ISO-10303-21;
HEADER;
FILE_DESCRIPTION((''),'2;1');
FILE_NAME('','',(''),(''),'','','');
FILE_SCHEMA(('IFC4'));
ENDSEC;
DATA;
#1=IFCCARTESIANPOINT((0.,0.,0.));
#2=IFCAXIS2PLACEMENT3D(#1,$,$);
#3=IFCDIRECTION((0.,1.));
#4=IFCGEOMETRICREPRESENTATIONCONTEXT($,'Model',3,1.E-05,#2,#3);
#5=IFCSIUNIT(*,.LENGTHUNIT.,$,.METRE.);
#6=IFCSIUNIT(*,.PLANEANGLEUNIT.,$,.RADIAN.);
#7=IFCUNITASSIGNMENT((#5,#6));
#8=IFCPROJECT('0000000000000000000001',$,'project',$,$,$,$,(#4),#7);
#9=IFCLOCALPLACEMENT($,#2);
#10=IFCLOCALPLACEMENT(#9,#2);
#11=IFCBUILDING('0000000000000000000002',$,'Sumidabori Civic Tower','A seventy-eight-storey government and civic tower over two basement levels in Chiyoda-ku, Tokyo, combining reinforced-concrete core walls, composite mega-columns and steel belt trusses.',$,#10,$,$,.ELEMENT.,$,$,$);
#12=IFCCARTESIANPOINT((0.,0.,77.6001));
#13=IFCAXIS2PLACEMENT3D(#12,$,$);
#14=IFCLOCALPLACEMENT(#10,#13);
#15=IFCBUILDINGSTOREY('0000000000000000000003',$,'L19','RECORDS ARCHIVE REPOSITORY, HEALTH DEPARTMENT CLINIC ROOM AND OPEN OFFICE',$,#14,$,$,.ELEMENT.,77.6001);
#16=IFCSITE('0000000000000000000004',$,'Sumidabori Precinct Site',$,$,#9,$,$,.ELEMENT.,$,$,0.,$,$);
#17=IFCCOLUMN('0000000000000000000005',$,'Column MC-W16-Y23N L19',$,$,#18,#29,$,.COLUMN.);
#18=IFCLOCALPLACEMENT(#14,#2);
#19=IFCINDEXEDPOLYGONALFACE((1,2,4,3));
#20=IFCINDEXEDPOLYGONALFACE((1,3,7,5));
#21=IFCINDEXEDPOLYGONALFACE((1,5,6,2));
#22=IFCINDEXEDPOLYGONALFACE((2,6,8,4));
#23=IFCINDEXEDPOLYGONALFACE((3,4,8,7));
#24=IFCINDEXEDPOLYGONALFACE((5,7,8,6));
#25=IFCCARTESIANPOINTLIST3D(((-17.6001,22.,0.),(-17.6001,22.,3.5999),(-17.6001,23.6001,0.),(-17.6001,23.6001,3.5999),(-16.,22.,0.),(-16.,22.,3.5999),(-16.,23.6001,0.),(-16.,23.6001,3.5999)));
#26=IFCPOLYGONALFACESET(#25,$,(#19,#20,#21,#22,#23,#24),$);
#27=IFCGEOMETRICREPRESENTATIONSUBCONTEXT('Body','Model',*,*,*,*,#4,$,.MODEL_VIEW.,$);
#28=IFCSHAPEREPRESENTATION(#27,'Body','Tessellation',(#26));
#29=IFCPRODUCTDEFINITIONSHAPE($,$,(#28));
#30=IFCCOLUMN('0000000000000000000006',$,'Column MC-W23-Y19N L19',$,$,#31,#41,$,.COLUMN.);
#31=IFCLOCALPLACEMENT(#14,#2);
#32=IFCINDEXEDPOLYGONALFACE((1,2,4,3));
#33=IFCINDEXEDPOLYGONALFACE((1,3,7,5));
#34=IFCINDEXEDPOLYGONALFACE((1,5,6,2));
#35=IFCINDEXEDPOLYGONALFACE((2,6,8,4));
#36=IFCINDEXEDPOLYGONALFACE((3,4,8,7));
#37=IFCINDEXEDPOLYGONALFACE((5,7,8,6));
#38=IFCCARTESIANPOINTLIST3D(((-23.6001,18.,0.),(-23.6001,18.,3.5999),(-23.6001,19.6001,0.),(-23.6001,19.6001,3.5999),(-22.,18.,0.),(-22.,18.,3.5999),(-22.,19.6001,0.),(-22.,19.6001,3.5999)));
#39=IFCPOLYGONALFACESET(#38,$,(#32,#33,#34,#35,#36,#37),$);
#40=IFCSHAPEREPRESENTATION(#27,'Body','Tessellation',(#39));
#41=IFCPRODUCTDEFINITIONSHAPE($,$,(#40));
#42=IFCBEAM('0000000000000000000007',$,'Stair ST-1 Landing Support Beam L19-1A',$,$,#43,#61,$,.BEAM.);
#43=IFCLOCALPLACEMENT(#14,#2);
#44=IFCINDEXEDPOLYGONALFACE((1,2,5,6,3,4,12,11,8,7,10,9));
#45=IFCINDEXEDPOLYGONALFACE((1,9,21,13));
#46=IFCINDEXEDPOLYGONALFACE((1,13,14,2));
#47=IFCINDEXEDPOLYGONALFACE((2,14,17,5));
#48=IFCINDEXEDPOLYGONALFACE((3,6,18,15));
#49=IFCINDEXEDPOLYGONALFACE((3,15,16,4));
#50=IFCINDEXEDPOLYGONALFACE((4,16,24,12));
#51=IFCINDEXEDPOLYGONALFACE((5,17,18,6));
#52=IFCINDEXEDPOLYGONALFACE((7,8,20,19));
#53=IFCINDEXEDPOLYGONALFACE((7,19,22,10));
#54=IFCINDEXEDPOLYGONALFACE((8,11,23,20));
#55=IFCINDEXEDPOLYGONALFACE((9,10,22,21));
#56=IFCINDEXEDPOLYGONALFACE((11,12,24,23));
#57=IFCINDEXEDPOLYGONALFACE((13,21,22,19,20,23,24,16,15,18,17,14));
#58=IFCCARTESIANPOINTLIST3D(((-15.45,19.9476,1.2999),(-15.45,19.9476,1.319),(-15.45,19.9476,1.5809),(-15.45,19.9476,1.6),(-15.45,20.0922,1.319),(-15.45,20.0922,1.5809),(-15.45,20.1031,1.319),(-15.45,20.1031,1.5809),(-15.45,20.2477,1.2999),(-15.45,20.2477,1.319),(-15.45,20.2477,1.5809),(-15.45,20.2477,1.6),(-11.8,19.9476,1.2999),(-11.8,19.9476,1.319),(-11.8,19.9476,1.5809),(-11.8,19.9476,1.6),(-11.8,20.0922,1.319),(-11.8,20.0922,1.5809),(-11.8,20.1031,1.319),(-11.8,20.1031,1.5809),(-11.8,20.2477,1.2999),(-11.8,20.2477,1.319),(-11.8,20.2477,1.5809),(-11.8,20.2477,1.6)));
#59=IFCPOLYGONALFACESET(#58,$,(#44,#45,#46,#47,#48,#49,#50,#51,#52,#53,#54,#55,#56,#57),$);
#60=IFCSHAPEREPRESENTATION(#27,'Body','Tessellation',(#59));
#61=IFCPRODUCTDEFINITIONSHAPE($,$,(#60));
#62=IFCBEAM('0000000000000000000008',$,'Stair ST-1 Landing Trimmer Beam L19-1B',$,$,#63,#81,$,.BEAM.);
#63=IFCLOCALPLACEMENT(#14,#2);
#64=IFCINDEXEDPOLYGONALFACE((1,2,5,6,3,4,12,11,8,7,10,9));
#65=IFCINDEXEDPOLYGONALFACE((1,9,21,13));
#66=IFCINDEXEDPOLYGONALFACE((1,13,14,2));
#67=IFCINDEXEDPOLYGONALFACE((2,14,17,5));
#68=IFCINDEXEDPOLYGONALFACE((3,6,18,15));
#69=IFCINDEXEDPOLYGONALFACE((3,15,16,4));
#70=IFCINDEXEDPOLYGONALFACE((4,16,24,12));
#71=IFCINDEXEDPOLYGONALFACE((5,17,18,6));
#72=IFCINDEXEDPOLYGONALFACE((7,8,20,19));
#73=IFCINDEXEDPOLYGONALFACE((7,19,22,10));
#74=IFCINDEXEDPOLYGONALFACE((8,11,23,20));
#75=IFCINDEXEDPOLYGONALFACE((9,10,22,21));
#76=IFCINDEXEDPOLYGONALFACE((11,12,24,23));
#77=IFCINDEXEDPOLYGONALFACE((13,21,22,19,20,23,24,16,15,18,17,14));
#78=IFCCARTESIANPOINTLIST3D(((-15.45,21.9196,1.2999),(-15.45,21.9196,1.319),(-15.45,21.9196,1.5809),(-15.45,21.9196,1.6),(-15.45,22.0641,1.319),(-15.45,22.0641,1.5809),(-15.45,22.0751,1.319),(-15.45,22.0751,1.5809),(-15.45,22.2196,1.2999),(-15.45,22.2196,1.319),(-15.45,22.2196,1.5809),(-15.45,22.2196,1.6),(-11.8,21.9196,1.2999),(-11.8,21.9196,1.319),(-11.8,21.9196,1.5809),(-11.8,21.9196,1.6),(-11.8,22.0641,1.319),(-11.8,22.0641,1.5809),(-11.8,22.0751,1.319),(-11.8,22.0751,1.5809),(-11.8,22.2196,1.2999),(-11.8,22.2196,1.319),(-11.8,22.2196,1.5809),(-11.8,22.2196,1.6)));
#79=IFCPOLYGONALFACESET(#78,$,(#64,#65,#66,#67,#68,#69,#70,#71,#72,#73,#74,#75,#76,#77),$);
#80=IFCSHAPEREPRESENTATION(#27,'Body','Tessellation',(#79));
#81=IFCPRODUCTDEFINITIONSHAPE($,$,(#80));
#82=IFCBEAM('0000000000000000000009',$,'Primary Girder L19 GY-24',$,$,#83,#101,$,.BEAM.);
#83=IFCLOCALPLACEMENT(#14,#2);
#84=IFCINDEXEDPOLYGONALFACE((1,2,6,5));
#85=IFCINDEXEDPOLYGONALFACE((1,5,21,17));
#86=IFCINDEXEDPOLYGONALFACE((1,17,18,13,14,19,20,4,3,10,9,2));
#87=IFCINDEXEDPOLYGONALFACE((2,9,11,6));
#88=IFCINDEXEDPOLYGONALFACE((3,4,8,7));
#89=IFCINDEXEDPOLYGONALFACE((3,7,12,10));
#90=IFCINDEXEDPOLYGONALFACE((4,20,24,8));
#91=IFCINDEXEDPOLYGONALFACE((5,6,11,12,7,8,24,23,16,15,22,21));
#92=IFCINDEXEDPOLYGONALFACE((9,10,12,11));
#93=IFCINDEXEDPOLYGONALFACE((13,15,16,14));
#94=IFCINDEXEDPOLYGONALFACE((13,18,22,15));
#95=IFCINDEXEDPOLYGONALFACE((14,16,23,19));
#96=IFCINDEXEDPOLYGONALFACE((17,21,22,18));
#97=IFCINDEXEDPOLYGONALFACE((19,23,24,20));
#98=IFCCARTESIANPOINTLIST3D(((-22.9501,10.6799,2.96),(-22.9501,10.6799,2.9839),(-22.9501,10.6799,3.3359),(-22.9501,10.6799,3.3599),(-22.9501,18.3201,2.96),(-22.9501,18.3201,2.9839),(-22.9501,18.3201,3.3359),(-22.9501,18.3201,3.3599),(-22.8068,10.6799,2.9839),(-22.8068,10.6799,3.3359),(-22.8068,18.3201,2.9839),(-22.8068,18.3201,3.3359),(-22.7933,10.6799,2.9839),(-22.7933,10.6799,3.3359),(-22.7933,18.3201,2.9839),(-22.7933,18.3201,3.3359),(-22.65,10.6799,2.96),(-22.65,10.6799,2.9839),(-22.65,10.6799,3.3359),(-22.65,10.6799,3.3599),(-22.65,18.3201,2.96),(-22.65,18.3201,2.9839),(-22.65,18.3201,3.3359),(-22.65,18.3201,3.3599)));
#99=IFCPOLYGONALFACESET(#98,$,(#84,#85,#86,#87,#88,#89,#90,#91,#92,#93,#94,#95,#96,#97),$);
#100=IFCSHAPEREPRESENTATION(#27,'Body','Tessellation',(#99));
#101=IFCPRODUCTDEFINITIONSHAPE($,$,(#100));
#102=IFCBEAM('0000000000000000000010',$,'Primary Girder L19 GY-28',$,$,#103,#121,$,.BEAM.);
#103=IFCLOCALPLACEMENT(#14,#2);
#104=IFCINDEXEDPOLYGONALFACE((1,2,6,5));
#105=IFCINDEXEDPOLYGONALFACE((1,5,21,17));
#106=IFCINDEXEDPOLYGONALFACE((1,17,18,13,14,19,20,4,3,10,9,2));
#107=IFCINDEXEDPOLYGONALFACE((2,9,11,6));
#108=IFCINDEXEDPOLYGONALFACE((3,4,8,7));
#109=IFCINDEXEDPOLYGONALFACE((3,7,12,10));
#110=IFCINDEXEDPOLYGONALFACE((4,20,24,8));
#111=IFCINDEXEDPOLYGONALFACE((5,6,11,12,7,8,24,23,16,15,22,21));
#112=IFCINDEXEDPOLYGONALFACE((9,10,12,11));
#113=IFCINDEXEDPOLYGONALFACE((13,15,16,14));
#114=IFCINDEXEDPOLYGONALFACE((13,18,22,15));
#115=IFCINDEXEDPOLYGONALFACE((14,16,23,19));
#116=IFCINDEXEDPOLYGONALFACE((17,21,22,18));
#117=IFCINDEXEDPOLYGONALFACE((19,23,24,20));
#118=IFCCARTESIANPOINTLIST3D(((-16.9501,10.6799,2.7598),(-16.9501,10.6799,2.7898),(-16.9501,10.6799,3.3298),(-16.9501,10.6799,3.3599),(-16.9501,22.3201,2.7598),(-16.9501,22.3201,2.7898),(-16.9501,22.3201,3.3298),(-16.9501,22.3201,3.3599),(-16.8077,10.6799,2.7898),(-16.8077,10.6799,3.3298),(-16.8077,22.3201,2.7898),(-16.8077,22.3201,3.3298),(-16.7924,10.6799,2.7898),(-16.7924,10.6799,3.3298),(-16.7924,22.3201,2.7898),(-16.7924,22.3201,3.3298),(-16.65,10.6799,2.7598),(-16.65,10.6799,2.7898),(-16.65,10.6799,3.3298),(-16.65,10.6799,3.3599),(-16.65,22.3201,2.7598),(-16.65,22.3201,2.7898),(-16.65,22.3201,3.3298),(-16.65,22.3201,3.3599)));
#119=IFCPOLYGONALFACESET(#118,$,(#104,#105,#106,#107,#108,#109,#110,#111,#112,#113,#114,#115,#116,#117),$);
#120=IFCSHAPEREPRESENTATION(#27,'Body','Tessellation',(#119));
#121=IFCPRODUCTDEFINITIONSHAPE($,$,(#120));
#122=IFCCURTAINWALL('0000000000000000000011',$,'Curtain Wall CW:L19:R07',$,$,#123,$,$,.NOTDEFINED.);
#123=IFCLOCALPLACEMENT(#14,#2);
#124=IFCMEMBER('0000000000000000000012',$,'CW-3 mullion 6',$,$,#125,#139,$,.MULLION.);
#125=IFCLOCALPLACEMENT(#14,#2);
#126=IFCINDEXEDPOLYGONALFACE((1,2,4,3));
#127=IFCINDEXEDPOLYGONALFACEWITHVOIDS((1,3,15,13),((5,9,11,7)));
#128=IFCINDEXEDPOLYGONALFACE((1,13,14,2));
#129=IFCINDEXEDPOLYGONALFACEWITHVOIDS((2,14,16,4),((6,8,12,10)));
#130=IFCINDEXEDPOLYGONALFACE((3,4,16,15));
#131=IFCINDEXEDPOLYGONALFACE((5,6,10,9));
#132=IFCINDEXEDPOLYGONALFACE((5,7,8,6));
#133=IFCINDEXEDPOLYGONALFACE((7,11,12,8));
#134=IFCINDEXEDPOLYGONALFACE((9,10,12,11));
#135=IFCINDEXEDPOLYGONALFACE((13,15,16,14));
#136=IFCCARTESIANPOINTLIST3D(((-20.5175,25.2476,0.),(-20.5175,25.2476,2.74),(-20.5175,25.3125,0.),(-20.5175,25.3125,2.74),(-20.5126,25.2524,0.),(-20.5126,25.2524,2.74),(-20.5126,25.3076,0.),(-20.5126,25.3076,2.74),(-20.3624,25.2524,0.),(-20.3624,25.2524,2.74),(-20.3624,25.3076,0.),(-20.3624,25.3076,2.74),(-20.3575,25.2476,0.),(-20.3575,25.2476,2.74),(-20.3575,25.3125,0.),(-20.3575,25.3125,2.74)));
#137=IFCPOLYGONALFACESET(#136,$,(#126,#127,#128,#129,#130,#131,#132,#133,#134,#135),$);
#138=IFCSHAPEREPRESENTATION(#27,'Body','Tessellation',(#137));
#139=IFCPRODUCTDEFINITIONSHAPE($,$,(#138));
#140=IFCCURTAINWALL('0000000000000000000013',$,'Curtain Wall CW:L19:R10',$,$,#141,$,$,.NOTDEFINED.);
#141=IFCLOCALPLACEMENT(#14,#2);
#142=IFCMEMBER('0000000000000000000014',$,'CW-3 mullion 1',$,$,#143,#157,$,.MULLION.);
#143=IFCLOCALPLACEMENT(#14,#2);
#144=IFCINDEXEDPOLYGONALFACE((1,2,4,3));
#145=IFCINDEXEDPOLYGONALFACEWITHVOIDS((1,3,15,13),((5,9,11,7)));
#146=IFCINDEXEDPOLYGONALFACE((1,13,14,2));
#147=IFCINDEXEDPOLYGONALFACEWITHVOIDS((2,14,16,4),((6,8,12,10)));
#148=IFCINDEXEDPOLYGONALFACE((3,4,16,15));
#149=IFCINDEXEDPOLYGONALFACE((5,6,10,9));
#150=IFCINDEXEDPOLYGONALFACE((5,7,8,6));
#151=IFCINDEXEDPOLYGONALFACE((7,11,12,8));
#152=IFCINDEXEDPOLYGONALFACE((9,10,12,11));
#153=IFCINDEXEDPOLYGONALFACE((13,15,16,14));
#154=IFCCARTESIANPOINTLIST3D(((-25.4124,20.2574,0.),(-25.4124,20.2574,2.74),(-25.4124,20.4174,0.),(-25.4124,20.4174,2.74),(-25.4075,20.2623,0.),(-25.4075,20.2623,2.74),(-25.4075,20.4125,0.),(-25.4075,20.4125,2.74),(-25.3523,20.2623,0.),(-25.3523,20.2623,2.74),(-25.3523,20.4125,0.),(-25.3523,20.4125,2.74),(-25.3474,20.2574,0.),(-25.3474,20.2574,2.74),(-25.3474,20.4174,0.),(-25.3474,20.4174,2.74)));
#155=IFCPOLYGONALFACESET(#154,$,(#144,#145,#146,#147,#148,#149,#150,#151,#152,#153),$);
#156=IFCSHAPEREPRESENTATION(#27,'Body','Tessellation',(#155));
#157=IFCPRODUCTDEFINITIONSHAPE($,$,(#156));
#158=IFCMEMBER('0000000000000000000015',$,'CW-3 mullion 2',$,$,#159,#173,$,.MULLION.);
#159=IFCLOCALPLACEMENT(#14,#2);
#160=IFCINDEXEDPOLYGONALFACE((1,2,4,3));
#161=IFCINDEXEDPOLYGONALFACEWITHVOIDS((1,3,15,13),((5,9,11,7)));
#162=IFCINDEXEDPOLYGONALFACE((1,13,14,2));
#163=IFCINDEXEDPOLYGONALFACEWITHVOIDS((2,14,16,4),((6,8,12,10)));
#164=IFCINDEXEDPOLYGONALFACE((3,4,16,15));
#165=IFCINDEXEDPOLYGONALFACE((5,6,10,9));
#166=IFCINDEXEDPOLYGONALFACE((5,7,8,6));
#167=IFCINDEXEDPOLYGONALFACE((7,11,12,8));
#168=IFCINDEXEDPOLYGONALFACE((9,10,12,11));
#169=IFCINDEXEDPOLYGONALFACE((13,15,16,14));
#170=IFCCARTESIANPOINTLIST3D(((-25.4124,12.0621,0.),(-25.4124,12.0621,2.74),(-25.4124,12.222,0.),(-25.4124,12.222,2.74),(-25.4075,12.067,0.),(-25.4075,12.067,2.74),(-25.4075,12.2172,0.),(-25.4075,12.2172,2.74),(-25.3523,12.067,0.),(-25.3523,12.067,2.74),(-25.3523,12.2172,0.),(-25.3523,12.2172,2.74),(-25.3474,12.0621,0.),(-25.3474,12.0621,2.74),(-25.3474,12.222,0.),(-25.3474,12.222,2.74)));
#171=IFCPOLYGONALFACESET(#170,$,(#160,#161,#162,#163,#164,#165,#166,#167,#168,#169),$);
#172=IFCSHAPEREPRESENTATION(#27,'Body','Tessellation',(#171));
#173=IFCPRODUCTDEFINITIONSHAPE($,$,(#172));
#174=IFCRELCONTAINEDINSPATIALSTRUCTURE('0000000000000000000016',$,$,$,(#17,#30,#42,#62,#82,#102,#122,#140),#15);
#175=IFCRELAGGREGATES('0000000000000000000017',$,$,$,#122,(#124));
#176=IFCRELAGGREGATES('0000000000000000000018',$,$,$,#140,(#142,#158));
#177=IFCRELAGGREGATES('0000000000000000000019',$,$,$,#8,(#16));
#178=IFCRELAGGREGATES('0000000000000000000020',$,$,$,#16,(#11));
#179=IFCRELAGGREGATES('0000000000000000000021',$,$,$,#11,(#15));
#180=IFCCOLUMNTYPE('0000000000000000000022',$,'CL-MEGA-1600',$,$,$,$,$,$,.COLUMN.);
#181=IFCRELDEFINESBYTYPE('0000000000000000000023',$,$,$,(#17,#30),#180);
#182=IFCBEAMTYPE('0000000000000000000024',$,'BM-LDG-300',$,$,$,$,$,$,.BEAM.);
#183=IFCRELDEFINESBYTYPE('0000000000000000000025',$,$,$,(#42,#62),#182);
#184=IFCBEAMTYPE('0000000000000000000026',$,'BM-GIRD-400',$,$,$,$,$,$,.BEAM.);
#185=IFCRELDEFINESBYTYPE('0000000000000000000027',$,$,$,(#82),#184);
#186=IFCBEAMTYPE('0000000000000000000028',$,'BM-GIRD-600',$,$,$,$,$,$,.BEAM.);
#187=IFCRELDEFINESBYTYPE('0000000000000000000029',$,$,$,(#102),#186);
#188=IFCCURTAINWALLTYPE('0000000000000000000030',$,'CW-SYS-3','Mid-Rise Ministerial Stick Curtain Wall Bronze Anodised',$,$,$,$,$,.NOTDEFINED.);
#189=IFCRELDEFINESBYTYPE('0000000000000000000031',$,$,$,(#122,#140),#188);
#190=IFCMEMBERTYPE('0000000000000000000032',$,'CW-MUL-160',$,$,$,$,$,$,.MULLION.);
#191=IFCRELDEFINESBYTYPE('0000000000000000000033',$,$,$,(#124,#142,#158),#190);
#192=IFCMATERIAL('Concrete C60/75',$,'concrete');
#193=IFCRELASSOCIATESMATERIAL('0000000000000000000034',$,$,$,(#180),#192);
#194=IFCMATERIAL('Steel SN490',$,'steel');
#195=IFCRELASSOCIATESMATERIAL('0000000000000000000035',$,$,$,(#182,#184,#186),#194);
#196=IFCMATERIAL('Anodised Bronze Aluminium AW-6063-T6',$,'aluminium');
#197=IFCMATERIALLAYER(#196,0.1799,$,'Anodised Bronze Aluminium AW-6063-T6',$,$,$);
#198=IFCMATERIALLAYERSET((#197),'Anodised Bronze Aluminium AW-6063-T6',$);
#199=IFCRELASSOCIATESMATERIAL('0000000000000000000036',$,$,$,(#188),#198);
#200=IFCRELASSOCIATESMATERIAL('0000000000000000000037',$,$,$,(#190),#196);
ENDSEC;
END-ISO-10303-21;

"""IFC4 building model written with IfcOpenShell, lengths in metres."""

from ifc_helpers import new_model, si_unit, direction, frame, origin, origin_2d, place, context, subcontext, project, spatial, rectangle, hollow_rectangle, i_section, extrude, source, transform, mapped, material, layer, layer_set, material_profile, profile_set, type_object, element, aggregate, save


model = new_model("IFC4")

# Units and contexts
model_context = context("Model", 3, precision=1e-05, world=origin(), true_north=direction((0.0, 1.0)))
body_context = subcontext(model_context, "Body", "Model", "MODEL_VIEW")
ifc_project = project(units=[si_unit("LENGTHUNIT", "METRE"), si_unit("PLANEANGLEUNIT", "RADIAN")], contexts=[model_context])

# Site, building, storey
site_placement = place(None, origin())
site = spatial("IfcSite", under=ifc_project, at=site_placement, Name="Sumidabori Precinct Site", CompositionType="ELEMENT", RefElevation=0.0)
building_placement = place(site_placement, origin())
building = spatial("IfcBuilding", under=site, at=building_placement, Name="Sumidabori Civic Tower", Description="A seventy-eight-storey government and civic tower over two basement levels in Chiyoda-ku, Tokyo, combining reinforced-concrete core walls, composite mega-columns and steel belt trusses.", CompositionType="ELEMENT")
storey_placement = place(building_placement, frame((0.0, 0.0, 77.6001)))
storey = spatial("IfcBuildingStorey", under=building, at=storey_placement, Name="L19", Description="RECORDS ARCHIVE REPOSITORY, HEALTH DEPARTMENT CLINIC ROOM AND OPEN OFFICE", CompositionType="ELEMENT", Elevation=77.6001)

# Columns
ifc_material_1 = material(Name="Concrete C60/75", Category="concrete")
ifc_material_profile_1 = material_profile(ifc_material_1, rectangle(XDim=1.6001, YDim=1.6001, at=origin_2d()), Name="RC 1600x1600")
ifc_profile_set_1 = profile_set([ifc_material_profile_1], Name="Concrete C60/75")
column_type = type_object("IfcColumnType", Name="CL-MEGA-1600", PredefinedType="COLUMN", material=ifc_profile_set_1)
shared_shape_1 = source(origin(), body_context, "Body", "SweptSolid", [
    extrude(rectangle(XDim=1.6001, YDim=1.6001, at=origin_2d()), origin(), (0.0, 0.0, 1.0), 3.5999),
])
for number, where, z_axis, x_axis, name in (
    (1, (-16.8, 22.8, 0.0), (0.0, 0.0, 1.0), (1.0, 0.0, 0.0), "Column MC-W16-Y23N L19"),
    (2, (-22.8, 18.8, 0.0), (0.0, 0.0, 1.0), (1.0, 0.0, 0.0), "Column MC-W23-Y19N L19"),
):
    element("IfcColumn", number, at=place(storey_placement, frame(where, z_axis=z_axis, x_axis=x_axis)), inside=storey, type_object=column_type, Name=name, PredefinedType="COLUMN", context=body_context, shape_type="MappedRepresentation", body=[
        mapped(shared_shape_1, transform((0.0, 0.0, 0.0), x_axis=(1.0, 0.0, 0.0), y_axis=(0.0, 1.0, 0.0), z_axis=(0.0, 0.0, 1.0), scale=1.0)),
    ])

# Beams
ifc_material_2 = material(Name="Steel SN490", Category="steel")
ifc_material_profile_2 = material_profile(ifc_material_2, i_section(OverallWidth=0.3, OverallDepth=0.3, WebThickness=0.011, FlangeThickness=0.019, at=origin_2d()), Name="HE 300 B")
ifc_profile_set_2 = profile_set([ifc_material_profile_2], Name="Steel SN490")
beam_type_1 = type_object("IfcBeamType", Name="BM-LDG-300", PredefinedType="BEAM", material=ifc_profile_set_2)
shared_shape_2 = source(origin(), body_context, "Body", "SweptSolid", [
    extrude(i_section(OverallWidth=0.3, OverallDepth=0.3, WebThickness=0.011, FlangeThickness=0.019, at=origin_2d()), origin(), (0.0, 0.0, 1.0), 3.6499),
])
for number, where, z_axis, x_axis, name in (
    (3, (-15.45, 20.0977, 1.45), (1.0, 0.0, 0.0), (0.0, 1.0, 0.0), "Stair ST-1 Landing Support Beam L19-1A"),
    (4, (-15.45, 22.0696, 1.45), (1.0, 0.0, 0.0), (0.0, 1.0, 0.0), "Stair ST-1 Landing Trimmer Beam L19-1B"),
):
    element("IfcBeam", number, at=place(storey_placement, frame(where, z_axis=z_axis, x_axis=x_axis)), inside=storey, type_object=beam_type_1, Name=name, PredefinedType="BEAM", context=body_context, shape_type="MappedRepresentation", body=[
        mapped(shared_shape_2, transform((0.0, 0.0, 0.0), x_axis=(1.0, 0.0, 0.0), y_axis=(0.0, 1.0, 0.0), z_axis=(0.0, 0.0, 1.0), scale=1.0)),
    ])
ifc_material_profile_3 = material_profile(ifc_material_2, i_section(OverallWidth=0.3, OverallDepth=0.3999, WebThickness=0.0134, FlangeThickness=0.0239, at=origin_2d()), Name="HE 400 B")
ifc_profile_set_3 = profile_set([ifc_material_profile_3], Name="Steel SN490")
beam_type_2 = type_object("IfcBeamType", Name="BM-GIRD-400", PredefinedType="BEAM", material=ifc_profile_set_3)
shared_shape_3 = source(origin(), body_context, "Body", "SweptSolid", [
    extrude(i_section(OverallWidth=0.3, OverallDepth=0.3999, WebThickness=0.0134, FlangeThickness=0.0239, at=origin_2d()), origin(), (0.0, 0.0, 1.0), 7.6401),
])
beam_1_placement = place(storey_placement, frame((-22.8, 10.6799, 3.1599), z_axis=(0.0, 1.0, 0.0), x_axis=(-1.0, 0.0, 0.0)))
element("IfcBeam", 5, at=beam_1_placement, inside=storey, type_object=beam_type_2, Name="Primary Girder L19 GY-24", PredefinedType="BEAM", context=body_context, shape_type="MappedRepresentation", body=[
    mapped(shared_shape_3, transform((0.0, 0.0, 0.0), x_axis=(1.0, 0.0, 0.0), y_axis=(0.0, 1.0, 0.0), z_axis=(0.0, 0.0, 1.0), scale=1.0)),
])
ifc_material_profile_4 = material_profile(ifc_material_2, i_section(OverallWidth=0.3, OverallDepth=0.6001, WebThickness=0.0154, FlangeThickness=0.03, at=origin_2d()), Name="HE 600 B")
ifc_profile_set_4 = profile_set([ifc_material_profile_4], Name="Steel SN490")
beam_type_3 = type_object("IfcBeamType", Name="BM-GIRD-600", PredefinedType="BEAM", material=ifc_profile_set_4)
shared_shape_4 = source(origin(), body_context, "Body", "SweptSolid", [
    extrude(i_section(OverallWidth=0.3, OverallDepth=0.6001, WebThickness=0.0154, FlangeThickness=0.03, at=origin_2d()), origin(), (0.0, 0.0, 1.0), 11.6401),
])
beam_2_placement = place(storey_placement, frame((-16.8, 10.6799, 3.0598), z_axis=(0.0, 1.0, 0.0), x_axis=(-1.0, 0.0, 0.0)))
element("IfcBeam", 6, at=beam_2_placement, inside=storey, type_object=beam_type_3, Name="Primary Girder L19 GY-28", PredefinedType="BEAM", context=body_context, shape_type="MappedRepresentation", body=[
    mapped(shared_shape_4, transform((0.0, 0.0, 0.0), x_axis=(1.0, 0.0, 0.0), y_axis=(0.0, 1.0, 0.0), z_axis=(0.0, 0.0, 1.0), scale=1.0)),
])

# Curtain wall, member
ifc_material_3 = material(Name="Anodised Bronze Aluminium AW-6063-T6", Category="aluminium")
ifc_layer_1 = layer(ifc_material_3, 0.1799, Name="Anodised Bronze Aluminium AW-6063-T6")
ifc_layer_set_1 = layer_set([ifc_layer_1], Name="Anodised Bronze Aluminium AW-6063-T6")
curtain_wall_type = type_object("IfcCurtainWallType", Name="CW-SYS-3", Description="Mid-Rise Ministerial Stick Curtain Wall Bronze Anodised", PredefinedType="NOTDEFINED", material=ifc_layer_set_1)
curtain_wall_1_placement = place(storey_placement, origin())
curtain_wall_1 = element("IfcCurtainWall", 7, at=curtain_wall_1_placement, inside=storey, type_object=curtain_wall_type, Name="Curtain Wall CW:L19:R07", PredefinedType="NOTDEFINED")
ifc_material_profile_5 = material_profile(ifc_material_3, hollow_rectangle(XDim=0.0649, YDim=0.1599, WallThickness=0.0049, at=origin_2d()), Name="ALU MULLION 160x65")
ifc_profile_set_5 = profile_set([ifc_material_profile_5], Name="Anodised Bronze Aluminium AW-6063-T6")
member_type_1 = type_object("IfcMemberType", Name="CW-MUL-160", PredefinedType="MULLION", material=ifc_profile_set_5)
shared_shape_5 = source(origin(), body_context, "Body", "SweptSolid", [
    extrude(hollow_rectangle(XDim=0.0649, YDim=0.1599, WallThickness=0.0049, at=origin_2d()), origin(), (0.0, 0.0, 1.0), 2.74),
])
member_1_placement = place(storey_placement, frame((-20.4375, 25.28, 0.0), z_axis=(0.0, 0.0, 1.0), x_axis=(0.0, -1.0, 0.0)))
member_1 = element("IfcMember", 8, at=member_1_placement, type_object=member_type_1, Name="CW-3 mullion 6", PredefinedType="MULLION", context=body_context, shape_type="MappedRepresentation", body=[
    mapped(shared_shape_5, transform((0.0, 0.0, 0.0), x_axis=(1.0, 0.0, 0.0), y_axis=(0.0, 1.0, 0.0), z_axis=(0.0, 0.0, 1.0), scale=1.0)),
])

# Curtain wall, members
curtain_wall_2_placement = place(storey_placement, origin())
curtain_wall_2 = element("IfcCurtainWall", 9, at=curtain_wall_2_placement, inside=storey, type_object=curtain_wall_type, Name="Curtain Wall CW:L19:R10", PredefinedType="NOTDEFINED")
member_2_placement = place(storey_placement, frame((-25.3799, 20.3374, 0.0), z_axis=(0.0, 0.0, 1.0), x_axis=(1.0, 0.0, 0.0)))
member_2 = element("IfcMember", 10, at=member_2_placement, type_object=member_type_1, Name="CW-3 mullion 1", PredefinedType="MULLION", context=body_context, shape_type="MappedRepresentation", body=[
    mapped(shared_shape_5, transform((0.0, 0.0, 0.0), x_axis=(1.0, 0.0, 0.0), y_axis=(0.0, 1.0, 0.0), z_axis=(0.0, 0.0, 1.0), scale=1.0)),
])
member_3_placement = place(storey_placement, frame((-25.3799, 12.1421, 0.0), z_axis=(0.0, 0.0, 1.0), x_axis=(1.0, 0.0, 0.0)))
member_3 = element("IfcMember", 11, at=member_3_placement, type_object=member_type_1, Name="CW-3 mullion 2", PredefinedType="MULLION", context=body_context, shape_type="MappedRepresentation", body=[
    mapped(shared_shape_5, transform((0.0, 0.0, 0.0), x_axis=(1.0, 0.0, 0.0), y_axis=(0.0, 1.0, 0.0), z_axis=(0.0, 0.0, 1.0), scale=1.0)),
])

aggregate(curtain_wall_1, [member_1])
aggregate(curtain_wall_2, [member_2, member_3])

save(model, "model.ifc")
